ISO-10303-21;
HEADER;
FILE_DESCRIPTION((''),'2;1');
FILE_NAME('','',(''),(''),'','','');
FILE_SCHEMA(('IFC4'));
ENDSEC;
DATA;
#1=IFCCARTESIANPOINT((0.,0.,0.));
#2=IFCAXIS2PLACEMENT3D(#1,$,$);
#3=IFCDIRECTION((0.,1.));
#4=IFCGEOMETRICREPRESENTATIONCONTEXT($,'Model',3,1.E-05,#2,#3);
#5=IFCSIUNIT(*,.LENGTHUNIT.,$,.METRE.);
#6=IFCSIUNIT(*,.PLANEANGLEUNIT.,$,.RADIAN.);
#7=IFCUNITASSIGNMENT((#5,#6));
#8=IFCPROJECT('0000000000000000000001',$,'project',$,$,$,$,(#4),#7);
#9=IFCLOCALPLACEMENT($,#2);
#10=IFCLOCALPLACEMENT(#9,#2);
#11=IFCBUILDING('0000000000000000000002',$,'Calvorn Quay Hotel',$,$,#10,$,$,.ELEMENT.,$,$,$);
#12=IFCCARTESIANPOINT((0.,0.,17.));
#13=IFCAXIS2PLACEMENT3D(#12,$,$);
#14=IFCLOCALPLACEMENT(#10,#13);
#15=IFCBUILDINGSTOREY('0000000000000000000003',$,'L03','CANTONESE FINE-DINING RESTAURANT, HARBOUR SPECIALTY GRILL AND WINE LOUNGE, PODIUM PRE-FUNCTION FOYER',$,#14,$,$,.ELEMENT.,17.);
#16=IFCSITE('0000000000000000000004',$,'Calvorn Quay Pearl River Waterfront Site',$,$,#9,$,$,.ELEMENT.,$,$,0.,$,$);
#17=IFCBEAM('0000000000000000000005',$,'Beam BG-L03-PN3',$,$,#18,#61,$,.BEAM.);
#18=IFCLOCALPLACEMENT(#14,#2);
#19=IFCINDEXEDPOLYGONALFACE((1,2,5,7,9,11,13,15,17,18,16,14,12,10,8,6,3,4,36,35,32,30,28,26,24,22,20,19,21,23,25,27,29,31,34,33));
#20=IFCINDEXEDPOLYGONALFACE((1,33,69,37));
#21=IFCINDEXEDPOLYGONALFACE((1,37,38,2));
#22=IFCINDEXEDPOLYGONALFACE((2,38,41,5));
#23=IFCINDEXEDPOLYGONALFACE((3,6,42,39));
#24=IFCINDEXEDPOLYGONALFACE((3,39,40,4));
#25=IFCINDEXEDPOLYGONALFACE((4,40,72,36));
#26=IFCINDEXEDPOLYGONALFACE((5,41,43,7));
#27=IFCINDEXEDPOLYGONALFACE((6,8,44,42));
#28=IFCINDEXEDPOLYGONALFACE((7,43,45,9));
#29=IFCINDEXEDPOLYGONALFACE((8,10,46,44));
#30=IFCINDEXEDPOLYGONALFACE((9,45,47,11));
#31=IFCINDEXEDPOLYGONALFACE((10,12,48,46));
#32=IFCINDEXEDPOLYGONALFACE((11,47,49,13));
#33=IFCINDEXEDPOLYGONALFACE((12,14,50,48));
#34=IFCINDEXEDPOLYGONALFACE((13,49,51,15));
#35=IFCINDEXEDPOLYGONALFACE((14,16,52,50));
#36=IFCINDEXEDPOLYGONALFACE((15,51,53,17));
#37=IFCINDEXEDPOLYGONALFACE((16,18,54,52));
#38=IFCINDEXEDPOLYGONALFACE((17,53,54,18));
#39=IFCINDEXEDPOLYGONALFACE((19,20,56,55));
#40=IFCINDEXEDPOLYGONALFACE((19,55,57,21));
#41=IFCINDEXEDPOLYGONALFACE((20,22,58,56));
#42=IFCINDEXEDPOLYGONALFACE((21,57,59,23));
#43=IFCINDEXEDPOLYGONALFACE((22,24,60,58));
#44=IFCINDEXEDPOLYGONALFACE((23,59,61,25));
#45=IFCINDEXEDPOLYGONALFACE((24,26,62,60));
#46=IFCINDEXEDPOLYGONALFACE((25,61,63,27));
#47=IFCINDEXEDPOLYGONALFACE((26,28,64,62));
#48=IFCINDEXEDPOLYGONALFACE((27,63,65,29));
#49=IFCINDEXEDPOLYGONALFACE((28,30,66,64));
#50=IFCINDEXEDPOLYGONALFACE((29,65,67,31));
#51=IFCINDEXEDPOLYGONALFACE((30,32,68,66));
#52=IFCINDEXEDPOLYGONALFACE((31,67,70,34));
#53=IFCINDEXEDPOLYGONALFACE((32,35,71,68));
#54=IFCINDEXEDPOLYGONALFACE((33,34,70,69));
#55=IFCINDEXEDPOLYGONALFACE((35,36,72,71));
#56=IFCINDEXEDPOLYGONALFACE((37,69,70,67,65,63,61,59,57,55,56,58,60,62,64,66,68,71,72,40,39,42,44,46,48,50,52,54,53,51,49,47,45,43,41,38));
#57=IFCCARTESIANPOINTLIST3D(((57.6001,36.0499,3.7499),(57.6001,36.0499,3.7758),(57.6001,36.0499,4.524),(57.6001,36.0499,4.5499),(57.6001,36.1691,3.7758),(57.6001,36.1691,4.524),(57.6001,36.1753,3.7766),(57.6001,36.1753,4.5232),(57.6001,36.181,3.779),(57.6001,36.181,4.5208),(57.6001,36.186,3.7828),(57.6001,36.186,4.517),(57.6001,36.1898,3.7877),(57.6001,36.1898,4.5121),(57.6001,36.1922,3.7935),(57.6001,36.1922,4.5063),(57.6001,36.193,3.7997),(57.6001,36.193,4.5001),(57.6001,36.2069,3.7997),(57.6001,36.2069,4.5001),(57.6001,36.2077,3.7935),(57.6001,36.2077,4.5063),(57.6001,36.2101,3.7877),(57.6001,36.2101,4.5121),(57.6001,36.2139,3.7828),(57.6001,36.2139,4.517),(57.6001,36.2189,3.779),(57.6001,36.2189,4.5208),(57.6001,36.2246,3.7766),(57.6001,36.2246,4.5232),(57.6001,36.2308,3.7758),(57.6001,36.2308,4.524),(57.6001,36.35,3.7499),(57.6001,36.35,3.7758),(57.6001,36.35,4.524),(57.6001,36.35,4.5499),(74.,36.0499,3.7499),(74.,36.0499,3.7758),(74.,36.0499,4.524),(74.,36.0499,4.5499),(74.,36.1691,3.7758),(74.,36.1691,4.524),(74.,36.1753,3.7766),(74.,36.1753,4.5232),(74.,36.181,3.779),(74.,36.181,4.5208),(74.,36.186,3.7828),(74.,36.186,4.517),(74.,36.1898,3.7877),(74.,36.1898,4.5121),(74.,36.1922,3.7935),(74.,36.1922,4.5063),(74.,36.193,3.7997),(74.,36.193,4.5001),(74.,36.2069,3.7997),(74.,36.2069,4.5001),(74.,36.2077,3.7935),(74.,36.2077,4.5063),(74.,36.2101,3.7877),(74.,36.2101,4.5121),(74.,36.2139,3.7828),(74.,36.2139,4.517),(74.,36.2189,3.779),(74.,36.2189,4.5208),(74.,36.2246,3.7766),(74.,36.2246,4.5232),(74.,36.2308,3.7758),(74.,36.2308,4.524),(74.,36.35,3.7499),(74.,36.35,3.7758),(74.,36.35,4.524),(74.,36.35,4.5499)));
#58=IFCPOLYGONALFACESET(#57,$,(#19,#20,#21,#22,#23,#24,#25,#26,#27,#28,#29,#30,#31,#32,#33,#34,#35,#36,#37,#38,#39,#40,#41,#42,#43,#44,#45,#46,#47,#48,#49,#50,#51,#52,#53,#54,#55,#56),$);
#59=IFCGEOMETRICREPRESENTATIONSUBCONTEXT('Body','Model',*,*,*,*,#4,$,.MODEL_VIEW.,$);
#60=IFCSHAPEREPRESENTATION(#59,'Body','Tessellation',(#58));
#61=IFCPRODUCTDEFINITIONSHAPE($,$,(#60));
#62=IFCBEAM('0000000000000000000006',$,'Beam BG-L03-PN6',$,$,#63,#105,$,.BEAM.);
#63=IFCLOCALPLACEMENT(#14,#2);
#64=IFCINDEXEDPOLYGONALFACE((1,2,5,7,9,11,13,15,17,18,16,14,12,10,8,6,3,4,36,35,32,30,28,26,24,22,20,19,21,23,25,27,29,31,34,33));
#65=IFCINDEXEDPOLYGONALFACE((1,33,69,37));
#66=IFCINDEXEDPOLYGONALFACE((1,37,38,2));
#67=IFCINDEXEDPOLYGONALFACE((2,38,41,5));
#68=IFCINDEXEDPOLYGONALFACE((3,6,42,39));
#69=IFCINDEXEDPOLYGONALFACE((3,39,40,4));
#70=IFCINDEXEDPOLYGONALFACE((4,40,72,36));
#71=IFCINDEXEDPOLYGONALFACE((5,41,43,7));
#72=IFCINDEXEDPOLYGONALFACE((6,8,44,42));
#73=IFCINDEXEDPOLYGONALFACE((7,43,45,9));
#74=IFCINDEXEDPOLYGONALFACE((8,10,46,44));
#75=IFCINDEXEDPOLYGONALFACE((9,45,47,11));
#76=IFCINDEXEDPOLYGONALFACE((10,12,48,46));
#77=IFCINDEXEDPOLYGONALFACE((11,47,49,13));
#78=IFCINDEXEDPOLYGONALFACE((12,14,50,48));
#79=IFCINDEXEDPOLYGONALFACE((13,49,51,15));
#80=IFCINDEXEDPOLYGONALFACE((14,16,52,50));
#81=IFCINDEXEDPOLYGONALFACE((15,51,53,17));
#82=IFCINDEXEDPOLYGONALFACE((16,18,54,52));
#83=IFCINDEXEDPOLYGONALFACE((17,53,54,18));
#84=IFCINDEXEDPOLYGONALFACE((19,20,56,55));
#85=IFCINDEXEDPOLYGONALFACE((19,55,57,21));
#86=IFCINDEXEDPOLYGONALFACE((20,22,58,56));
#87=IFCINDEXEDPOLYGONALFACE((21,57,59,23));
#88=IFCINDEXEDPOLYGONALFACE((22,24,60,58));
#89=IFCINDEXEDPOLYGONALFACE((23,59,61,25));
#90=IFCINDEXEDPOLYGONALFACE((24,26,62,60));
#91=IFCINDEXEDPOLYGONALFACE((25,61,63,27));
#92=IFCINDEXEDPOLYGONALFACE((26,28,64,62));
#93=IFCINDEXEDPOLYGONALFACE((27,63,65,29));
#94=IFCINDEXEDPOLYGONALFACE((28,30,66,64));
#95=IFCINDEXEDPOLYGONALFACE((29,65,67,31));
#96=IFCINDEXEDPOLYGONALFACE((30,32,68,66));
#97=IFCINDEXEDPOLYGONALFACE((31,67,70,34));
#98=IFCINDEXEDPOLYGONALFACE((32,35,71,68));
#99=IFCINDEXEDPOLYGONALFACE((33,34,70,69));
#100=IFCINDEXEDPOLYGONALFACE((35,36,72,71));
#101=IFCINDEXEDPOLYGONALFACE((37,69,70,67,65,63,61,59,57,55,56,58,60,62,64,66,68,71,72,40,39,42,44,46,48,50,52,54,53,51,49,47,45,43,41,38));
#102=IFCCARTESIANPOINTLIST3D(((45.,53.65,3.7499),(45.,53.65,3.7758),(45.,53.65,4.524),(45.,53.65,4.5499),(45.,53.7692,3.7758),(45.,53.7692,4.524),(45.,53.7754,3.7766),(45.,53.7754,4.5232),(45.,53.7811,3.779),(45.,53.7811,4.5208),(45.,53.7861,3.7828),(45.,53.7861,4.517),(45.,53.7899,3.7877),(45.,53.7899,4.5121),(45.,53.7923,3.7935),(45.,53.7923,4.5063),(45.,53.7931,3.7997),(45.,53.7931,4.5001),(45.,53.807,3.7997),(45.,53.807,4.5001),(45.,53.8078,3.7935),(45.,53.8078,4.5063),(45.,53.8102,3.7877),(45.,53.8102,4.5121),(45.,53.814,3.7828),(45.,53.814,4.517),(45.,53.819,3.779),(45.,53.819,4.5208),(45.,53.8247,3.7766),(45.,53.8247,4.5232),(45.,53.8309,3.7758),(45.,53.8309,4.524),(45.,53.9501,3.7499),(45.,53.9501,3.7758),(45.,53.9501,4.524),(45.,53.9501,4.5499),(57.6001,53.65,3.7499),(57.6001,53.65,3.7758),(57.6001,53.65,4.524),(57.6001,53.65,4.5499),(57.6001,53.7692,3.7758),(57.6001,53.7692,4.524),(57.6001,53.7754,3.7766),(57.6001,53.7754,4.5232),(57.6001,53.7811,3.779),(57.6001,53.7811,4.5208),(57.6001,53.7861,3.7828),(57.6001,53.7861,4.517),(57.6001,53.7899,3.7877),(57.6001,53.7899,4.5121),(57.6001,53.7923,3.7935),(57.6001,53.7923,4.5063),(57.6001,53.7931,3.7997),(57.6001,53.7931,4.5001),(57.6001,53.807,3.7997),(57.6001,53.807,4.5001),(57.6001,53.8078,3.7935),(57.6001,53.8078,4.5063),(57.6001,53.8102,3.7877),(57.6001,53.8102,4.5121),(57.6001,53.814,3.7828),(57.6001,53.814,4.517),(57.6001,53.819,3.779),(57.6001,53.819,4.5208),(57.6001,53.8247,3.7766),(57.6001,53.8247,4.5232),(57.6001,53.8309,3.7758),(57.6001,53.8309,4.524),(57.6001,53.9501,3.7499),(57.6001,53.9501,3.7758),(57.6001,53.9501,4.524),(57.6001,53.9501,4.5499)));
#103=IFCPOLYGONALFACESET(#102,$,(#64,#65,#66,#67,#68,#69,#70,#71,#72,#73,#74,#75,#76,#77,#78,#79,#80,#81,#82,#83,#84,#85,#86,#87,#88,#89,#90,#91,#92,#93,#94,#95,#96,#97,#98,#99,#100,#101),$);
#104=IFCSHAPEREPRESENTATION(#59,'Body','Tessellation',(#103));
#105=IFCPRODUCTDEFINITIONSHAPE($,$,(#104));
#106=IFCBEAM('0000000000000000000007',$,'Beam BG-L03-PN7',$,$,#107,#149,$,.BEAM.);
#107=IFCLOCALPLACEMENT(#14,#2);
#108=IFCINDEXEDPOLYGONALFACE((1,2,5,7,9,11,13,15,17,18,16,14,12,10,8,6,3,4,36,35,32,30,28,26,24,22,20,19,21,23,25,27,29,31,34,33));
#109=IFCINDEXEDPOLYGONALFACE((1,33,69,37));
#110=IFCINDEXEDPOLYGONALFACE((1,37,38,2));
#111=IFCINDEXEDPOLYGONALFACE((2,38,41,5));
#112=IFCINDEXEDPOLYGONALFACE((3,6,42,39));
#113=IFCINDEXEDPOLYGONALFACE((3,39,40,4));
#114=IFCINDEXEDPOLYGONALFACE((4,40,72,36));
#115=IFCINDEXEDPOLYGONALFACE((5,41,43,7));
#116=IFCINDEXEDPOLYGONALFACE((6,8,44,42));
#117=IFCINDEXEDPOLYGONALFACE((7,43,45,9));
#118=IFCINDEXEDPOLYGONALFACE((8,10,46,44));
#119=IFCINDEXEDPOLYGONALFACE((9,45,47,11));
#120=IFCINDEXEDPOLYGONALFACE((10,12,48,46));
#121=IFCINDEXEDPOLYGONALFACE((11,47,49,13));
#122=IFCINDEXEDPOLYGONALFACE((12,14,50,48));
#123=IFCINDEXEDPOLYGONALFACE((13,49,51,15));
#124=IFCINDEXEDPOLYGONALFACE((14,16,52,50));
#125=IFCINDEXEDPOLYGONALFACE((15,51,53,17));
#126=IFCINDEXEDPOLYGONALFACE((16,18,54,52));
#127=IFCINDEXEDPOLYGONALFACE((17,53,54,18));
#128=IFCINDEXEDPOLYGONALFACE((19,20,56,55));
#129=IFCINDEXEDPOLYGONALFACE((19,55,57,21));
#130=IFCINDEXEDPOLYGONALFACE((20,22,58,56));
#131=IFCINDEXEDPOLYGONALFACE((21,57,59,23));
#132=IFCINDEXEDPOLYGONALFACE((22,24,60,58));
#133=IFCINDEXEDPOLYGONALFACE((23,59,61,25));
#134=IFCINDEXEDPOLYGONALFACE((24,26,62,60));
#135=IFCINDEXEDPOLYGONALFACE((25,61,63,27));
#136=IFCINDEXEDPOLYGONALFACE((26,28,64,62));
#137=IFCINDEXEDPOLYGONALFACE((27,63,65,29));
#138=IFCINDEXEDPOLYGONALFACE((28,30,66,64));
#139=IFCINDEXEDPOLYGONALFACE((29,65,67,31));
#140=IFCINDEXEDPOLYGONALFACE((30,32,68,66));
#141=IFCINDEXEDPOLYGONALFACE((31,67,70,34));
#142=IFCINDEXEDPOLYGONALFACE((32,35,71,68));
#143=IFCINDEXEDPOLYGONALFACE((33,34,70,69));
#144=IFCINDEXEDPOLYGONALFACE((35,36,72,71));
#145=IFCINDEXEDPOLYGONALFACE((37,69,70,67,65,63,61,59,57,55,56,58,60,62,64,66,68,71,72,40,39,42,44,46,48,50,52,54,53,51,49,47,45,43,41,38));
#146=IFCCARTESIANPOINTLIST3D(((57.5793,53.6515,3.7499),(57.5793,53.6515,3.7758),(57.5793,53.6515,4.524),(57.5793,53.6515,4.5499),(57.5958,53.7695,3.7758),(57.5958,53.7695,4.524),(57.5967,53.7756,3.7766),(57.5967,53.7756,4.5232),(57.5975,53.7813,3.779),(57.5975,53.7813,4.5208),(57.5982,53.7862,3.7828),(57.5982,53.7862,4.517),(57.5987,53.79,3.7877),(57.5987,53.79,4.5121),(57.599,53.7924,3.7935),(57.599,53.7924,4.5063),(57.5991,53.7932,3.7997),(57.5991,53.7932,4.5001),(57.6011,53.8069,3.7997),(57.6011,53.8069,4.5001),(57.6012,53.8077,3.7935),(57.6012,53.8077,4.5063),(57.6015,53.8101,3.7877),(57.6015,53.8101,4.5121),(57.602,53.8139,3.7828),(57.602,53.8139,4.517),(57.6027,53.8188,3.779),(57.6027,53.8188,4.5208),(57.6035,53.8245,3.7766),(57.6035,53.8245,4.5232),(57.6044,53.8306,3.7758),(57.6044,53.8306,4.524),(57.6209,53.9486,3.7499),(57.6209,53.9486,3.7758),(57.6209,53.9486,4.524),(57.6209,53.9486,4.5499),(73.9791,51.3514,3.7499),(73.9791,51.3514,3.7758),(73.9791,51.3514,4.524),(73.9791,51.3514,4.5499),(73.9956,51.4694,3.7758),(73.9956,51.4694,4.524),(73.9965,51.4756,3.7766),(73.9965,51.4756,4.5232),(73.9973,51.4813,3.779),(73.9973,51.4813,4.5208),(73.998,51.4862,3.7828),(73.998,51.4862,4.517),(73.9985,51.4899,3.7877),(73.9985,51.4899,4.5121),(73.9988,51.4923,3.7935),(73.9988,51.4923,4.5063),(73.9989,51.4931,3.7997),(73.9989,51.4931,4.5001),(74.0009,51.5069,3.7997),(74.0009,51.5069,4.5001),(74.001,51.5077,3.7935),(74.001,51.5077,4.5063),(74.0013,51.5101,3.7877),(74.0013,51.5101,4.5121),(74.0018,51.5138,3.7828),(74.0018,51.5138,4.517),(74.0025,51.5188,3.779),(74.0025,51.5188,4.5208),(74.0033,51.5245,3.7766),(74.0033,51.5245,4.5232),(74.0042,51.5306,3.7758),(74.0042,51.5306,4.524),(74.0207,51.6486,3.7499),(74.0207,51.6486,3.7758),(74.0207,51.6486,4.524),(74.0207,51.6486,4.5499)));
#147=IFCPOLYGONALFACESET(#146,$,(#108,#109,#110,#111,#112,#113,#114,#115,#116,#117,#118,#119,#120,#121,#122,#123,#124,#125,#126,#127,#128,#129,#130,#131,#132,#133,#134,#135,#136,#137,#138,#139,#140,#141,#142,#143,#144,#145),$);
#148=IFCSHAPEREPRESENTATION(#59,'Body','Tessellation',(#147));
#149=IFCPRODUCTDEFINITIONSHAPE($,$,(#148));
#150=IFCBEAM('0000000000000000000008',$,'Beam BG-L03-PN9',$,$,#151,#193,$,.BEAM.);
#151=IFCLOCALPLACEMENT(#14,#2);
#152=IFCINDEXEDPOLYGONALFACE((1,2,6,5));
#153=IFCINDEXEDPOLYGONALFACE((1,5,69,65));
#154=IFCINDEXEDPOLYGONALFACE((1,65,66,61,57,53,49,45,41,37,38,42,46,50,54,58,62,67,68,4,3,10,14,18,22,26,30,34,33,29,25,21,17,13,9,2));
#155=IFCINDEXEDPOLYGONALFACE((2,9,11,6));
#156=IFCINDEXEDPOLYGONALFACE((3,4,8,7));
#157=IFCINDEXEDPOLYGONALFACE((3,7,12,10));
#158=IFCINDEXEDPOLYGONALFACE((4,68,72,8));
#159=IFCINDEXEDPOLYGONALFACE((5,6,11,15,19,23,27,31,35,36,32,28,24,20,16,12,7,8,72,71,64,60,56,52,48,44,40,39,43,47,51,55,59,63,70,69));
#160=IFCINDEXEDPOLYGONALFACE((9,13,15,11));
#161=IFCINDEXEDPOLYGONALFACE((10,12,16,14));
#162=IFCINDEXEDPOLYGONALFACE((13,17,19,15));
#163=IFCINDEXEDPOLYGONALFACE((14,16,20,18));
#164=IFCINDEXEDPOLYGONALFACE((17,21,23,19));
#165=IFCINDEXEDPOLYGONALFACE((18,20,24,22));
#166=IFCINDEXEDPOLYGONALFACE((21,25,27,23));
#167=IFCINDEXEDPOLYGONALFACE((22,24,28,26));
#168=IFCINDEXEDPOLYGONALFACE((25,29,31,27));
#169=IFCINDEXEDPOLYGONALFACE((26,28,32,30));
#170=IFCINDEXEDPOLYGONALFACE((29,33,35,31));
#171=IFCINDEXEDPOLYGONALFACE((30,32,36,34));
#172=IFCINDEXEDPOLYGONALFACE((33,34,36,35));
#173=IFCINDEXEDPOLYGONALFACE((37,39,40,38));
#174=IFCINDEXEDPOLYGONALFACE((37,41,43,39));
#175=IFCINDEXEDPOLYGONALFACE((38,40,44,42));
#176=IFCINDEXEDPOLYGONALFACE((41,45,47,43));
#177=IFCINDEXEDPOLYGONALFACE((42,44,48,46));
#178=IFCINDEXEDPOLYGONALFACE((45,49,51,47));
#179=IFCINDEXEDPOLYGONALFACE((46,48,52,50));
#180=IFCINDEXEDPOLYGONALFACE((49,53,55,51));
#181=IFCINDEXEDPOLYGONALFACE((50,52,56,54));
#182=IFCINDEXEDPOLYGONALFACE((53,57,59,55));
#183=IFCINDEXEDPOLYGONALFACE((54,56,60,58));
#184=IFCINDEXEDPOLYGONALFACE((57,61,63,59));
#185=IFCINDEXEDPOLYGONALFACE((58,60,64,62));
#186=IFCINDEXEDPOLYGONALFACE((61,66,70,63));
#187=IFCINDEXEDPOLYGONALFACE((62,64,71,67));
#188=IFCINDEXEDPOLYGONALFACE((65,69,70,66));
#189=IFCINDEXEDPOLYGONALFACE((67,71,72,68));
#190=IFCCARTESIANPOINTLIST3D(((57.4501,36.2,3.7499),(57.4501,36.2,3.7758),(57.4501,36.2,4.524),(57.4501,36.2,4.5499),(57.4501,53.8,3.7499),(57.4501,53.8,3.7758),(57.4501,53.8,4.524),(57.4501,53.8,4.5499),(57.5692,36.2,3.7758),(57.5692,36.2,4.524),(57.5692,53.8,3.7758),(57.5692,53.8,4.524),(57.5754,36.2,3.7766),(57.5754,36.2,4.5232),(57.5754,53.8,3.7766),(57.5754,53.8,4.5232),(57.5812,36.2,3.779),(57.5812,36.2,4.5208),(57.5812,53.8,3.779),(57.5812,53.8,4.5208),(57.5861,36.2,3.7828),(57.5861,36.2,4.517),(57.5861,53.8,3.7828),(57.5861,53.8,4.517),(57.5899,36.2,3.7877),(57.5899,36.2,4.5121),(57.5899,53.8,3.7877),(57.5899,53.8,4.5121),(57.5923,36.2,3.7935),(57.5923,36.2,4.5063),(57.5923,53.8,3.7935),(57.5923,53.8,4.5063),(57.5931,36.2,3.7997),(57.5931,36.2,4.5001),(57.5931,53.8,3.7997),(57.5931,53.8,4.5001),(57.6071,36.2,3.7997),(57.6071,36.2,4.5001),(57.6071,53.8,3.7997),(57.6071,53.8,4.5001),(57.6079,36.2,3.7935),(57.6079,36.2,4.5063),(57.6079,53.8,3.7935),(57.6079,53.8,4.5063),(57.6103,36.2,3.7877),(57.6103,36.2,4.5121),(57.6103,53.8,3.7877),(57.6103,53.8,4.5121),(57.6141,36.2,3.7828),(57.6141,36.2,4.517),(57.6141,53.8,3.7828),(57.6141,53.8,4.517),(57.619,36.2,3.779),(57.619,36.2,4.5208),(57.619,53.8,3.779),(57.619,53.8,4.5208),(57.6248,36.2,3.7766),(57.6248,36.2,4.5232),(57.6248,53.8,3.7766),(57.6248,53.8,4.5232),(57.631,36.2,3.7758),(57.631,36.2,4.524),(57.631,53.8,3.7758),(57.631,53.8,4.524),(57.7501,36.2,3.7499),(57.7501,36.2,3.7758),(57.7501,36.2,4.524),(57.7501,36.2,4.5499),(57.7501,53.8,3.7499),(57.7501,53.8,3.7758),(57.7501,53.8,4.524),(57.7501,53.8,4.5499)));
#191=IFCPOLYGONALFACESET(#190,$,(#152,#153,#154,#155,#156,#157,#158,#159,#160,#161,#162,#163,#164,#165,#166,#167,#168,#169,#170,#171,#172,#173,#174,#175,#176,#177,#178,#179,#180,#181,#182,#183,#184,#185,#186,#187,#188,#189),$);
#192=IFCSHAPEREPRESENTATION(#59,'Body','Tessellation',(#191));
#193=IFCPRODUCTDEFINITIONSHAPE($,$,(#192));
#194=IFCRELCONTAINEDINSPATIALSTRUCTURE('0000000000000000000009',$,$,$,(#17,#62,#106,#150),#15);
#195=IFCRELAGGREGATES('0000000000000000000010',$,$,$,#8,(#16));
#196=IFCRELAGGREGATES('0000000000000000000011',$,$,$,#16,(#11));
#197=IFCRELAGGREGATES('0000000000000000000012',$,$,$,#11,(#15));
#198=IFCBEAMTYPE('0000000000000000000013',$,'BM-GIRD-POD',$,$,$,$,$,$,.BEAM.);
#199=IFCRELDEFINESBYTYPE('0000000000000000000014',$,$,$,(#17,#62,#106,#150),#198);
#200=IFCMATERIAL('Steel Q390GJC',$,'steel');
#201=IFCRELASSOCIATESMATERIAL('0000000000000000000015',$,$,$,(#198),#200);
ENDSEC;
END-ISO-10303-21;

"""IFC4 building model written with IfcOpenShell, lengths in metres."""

from ifc_helpers import new_model, si_unit, direction, frame, origin, origin_2d, place, context, subcontext, project, spatial, i_section, extrude, material, material_profile, profile_set, type_object, element, save


model = new_model("IFC4")

# Units and contexts
model_context = context("Model", 3, precision=1e-05, world=origin(), true_north=direction((0.0, 1.0)))
body_context = subcontext(model_context, "Body", "Model", "MODEL_VIEW")
ifc_project = project(units=[si_unit("LENGTHUNIT", "METRE"), si_unit("PLANEANGLEUNIT", "RADIAN")], contexts=[model_context])

# Site, building, storey
site_placement = place(None, origin())
site = spatial("IfcSite", under=ifc_project, at=site_placement, Name="Calvorn Quay Pearl River Waterfront Site", CompositionType="ELEMENT", RefElevation=0.0)
building_placement = place(site_placement, origin())
building = spatial("IfcBuilding", under=site, at=building_placement, Name="Calvorn Quay Hotel", CompositionType="ELEMENT")
storey_placement = place(building_placement, frame((0.0, 0.0, 17.0)))
storey = spatial("IfcBuildingStorey", under=building, at=storey_placement, Name="L03", Description="CANTONESE FINE-DINING RESTAURANT, HARBOUR SPECIALTY GRILL AND WINE LOUNGE, PODIUM PRE-FUNCTION FOYER", CompositionType="ELEMENT", Elevation=17.0)

# Beams
ifc_material_1 = material(Name="Steel Q390GJC", Category="steel")
ifc_material_profile_1 = material_profile(ifc_material_1, i_section(OverallWidth=0.3, OverallDepth=0.8, WebThickness=0.0139, FlangeThickness=0.0259, FilletRadius=0.0239, at=origin_2d()), Name="HN800x300x14x26")
ifc_profile_set_1 = profile_set([ifc_material_profile_1], Name="Steel Q390GJC")
beam_type = type_object("IfcBeamType", Name="BM-GIRD-POD", PredefinedType="BEAM", material=ifc_profile_set_1)
beam_1_placement = place(storey_placement, frame((57.6001, 36.2, 4.1499), z_axis=(1.0, 0.0, 0.0), x_axis=(0.0, 1.0, 0.0)))
element("IfcBeam", 1, at=beam_1_placement, inside=storey, type_object=beam_type, Name="Beam BG-L03-PN3", PredefinedType="BEAM", context=body_context, shape_type="SweptSolid", body=[
    extrude(i_section(OverallWidth=0.3, OverallDepth=0.8, WebThickness=0.0139, FlangeThickness=0.0259, FilletRadius=0.0239, at=origin_2d()), origin(), (0.0, 0.0, 1.0), 16.3999),
])
beam_2_placement = place(storey_placement, frame((45.0, 53.8, 4.1499), z_axis=(1.0, 0.0, 0.0), x_axis=(0.0, 1.0, 0.0)))
element("IfcBeam", 2, at=beam_2_placement, inside=storey, type_object=beam_type, Name="Beam BG-L03-PN6", PredefinedType="BEAM", context=body_context, shape_type="SweptSolid", body=[
    extrude(i_section(OverallWidth=0.3, OverallDepth=0.8, WebThickness=0.0139, FlangeThickness=0.0259, FilletRadius=0.0239, at=origin_2d()), origin(), (0.0, 0.0, 1.0), 12.6001),
])
beam_3_placement = place(storey_placement, frame((57.6001, 53.8, 4.1499), z_axis=(0.990308, -0.138888, 0.0), x_axis=(0.138888, 0.990308, 0.0)))
element("IfcBeam", 3, at=beam_3_placement, inside=storey, type_object=beam_type, Name="Beam BG-L03-PN7", PredefinedType="BEAM", context=body_context, shape_type="SweptSolid", body=[
    extrude(i_section(OverallWidth=0.3, OverallDepth=0.8, WebThickness=0.0139, FlangeThickness=0.0259, FilletRadius=0.0239, at=origin_2d()), origin(), (0.0, 0.0, 1.0), 16.5603),
])
beam_4_placement = place(storey_placement, frame((57.6001, 36.2, 4.1499), z_axis=(0.0, 1.0, 0.0), x_axis=(-1.0, 0.0, 0.0)))
element("IfcBeam", 4, at=beam_4_placement, inside=storey, type_object=beam_type, Name="Beam BG-L03-PN9", PredefinedType="BEAM", context=body_context, shape_type="SweptSolid", body=[
    extrude(i_section(OverallWidth=0.3, OverallDepth=0.8, WebThickness=0.0139, FlangeThickness=0.0259, FilletRadius=0.0239, at=origin_2d()), origin(), (0.0, 0.0, 1.0), 17.6001),
])

save(model, "model.ifc")
